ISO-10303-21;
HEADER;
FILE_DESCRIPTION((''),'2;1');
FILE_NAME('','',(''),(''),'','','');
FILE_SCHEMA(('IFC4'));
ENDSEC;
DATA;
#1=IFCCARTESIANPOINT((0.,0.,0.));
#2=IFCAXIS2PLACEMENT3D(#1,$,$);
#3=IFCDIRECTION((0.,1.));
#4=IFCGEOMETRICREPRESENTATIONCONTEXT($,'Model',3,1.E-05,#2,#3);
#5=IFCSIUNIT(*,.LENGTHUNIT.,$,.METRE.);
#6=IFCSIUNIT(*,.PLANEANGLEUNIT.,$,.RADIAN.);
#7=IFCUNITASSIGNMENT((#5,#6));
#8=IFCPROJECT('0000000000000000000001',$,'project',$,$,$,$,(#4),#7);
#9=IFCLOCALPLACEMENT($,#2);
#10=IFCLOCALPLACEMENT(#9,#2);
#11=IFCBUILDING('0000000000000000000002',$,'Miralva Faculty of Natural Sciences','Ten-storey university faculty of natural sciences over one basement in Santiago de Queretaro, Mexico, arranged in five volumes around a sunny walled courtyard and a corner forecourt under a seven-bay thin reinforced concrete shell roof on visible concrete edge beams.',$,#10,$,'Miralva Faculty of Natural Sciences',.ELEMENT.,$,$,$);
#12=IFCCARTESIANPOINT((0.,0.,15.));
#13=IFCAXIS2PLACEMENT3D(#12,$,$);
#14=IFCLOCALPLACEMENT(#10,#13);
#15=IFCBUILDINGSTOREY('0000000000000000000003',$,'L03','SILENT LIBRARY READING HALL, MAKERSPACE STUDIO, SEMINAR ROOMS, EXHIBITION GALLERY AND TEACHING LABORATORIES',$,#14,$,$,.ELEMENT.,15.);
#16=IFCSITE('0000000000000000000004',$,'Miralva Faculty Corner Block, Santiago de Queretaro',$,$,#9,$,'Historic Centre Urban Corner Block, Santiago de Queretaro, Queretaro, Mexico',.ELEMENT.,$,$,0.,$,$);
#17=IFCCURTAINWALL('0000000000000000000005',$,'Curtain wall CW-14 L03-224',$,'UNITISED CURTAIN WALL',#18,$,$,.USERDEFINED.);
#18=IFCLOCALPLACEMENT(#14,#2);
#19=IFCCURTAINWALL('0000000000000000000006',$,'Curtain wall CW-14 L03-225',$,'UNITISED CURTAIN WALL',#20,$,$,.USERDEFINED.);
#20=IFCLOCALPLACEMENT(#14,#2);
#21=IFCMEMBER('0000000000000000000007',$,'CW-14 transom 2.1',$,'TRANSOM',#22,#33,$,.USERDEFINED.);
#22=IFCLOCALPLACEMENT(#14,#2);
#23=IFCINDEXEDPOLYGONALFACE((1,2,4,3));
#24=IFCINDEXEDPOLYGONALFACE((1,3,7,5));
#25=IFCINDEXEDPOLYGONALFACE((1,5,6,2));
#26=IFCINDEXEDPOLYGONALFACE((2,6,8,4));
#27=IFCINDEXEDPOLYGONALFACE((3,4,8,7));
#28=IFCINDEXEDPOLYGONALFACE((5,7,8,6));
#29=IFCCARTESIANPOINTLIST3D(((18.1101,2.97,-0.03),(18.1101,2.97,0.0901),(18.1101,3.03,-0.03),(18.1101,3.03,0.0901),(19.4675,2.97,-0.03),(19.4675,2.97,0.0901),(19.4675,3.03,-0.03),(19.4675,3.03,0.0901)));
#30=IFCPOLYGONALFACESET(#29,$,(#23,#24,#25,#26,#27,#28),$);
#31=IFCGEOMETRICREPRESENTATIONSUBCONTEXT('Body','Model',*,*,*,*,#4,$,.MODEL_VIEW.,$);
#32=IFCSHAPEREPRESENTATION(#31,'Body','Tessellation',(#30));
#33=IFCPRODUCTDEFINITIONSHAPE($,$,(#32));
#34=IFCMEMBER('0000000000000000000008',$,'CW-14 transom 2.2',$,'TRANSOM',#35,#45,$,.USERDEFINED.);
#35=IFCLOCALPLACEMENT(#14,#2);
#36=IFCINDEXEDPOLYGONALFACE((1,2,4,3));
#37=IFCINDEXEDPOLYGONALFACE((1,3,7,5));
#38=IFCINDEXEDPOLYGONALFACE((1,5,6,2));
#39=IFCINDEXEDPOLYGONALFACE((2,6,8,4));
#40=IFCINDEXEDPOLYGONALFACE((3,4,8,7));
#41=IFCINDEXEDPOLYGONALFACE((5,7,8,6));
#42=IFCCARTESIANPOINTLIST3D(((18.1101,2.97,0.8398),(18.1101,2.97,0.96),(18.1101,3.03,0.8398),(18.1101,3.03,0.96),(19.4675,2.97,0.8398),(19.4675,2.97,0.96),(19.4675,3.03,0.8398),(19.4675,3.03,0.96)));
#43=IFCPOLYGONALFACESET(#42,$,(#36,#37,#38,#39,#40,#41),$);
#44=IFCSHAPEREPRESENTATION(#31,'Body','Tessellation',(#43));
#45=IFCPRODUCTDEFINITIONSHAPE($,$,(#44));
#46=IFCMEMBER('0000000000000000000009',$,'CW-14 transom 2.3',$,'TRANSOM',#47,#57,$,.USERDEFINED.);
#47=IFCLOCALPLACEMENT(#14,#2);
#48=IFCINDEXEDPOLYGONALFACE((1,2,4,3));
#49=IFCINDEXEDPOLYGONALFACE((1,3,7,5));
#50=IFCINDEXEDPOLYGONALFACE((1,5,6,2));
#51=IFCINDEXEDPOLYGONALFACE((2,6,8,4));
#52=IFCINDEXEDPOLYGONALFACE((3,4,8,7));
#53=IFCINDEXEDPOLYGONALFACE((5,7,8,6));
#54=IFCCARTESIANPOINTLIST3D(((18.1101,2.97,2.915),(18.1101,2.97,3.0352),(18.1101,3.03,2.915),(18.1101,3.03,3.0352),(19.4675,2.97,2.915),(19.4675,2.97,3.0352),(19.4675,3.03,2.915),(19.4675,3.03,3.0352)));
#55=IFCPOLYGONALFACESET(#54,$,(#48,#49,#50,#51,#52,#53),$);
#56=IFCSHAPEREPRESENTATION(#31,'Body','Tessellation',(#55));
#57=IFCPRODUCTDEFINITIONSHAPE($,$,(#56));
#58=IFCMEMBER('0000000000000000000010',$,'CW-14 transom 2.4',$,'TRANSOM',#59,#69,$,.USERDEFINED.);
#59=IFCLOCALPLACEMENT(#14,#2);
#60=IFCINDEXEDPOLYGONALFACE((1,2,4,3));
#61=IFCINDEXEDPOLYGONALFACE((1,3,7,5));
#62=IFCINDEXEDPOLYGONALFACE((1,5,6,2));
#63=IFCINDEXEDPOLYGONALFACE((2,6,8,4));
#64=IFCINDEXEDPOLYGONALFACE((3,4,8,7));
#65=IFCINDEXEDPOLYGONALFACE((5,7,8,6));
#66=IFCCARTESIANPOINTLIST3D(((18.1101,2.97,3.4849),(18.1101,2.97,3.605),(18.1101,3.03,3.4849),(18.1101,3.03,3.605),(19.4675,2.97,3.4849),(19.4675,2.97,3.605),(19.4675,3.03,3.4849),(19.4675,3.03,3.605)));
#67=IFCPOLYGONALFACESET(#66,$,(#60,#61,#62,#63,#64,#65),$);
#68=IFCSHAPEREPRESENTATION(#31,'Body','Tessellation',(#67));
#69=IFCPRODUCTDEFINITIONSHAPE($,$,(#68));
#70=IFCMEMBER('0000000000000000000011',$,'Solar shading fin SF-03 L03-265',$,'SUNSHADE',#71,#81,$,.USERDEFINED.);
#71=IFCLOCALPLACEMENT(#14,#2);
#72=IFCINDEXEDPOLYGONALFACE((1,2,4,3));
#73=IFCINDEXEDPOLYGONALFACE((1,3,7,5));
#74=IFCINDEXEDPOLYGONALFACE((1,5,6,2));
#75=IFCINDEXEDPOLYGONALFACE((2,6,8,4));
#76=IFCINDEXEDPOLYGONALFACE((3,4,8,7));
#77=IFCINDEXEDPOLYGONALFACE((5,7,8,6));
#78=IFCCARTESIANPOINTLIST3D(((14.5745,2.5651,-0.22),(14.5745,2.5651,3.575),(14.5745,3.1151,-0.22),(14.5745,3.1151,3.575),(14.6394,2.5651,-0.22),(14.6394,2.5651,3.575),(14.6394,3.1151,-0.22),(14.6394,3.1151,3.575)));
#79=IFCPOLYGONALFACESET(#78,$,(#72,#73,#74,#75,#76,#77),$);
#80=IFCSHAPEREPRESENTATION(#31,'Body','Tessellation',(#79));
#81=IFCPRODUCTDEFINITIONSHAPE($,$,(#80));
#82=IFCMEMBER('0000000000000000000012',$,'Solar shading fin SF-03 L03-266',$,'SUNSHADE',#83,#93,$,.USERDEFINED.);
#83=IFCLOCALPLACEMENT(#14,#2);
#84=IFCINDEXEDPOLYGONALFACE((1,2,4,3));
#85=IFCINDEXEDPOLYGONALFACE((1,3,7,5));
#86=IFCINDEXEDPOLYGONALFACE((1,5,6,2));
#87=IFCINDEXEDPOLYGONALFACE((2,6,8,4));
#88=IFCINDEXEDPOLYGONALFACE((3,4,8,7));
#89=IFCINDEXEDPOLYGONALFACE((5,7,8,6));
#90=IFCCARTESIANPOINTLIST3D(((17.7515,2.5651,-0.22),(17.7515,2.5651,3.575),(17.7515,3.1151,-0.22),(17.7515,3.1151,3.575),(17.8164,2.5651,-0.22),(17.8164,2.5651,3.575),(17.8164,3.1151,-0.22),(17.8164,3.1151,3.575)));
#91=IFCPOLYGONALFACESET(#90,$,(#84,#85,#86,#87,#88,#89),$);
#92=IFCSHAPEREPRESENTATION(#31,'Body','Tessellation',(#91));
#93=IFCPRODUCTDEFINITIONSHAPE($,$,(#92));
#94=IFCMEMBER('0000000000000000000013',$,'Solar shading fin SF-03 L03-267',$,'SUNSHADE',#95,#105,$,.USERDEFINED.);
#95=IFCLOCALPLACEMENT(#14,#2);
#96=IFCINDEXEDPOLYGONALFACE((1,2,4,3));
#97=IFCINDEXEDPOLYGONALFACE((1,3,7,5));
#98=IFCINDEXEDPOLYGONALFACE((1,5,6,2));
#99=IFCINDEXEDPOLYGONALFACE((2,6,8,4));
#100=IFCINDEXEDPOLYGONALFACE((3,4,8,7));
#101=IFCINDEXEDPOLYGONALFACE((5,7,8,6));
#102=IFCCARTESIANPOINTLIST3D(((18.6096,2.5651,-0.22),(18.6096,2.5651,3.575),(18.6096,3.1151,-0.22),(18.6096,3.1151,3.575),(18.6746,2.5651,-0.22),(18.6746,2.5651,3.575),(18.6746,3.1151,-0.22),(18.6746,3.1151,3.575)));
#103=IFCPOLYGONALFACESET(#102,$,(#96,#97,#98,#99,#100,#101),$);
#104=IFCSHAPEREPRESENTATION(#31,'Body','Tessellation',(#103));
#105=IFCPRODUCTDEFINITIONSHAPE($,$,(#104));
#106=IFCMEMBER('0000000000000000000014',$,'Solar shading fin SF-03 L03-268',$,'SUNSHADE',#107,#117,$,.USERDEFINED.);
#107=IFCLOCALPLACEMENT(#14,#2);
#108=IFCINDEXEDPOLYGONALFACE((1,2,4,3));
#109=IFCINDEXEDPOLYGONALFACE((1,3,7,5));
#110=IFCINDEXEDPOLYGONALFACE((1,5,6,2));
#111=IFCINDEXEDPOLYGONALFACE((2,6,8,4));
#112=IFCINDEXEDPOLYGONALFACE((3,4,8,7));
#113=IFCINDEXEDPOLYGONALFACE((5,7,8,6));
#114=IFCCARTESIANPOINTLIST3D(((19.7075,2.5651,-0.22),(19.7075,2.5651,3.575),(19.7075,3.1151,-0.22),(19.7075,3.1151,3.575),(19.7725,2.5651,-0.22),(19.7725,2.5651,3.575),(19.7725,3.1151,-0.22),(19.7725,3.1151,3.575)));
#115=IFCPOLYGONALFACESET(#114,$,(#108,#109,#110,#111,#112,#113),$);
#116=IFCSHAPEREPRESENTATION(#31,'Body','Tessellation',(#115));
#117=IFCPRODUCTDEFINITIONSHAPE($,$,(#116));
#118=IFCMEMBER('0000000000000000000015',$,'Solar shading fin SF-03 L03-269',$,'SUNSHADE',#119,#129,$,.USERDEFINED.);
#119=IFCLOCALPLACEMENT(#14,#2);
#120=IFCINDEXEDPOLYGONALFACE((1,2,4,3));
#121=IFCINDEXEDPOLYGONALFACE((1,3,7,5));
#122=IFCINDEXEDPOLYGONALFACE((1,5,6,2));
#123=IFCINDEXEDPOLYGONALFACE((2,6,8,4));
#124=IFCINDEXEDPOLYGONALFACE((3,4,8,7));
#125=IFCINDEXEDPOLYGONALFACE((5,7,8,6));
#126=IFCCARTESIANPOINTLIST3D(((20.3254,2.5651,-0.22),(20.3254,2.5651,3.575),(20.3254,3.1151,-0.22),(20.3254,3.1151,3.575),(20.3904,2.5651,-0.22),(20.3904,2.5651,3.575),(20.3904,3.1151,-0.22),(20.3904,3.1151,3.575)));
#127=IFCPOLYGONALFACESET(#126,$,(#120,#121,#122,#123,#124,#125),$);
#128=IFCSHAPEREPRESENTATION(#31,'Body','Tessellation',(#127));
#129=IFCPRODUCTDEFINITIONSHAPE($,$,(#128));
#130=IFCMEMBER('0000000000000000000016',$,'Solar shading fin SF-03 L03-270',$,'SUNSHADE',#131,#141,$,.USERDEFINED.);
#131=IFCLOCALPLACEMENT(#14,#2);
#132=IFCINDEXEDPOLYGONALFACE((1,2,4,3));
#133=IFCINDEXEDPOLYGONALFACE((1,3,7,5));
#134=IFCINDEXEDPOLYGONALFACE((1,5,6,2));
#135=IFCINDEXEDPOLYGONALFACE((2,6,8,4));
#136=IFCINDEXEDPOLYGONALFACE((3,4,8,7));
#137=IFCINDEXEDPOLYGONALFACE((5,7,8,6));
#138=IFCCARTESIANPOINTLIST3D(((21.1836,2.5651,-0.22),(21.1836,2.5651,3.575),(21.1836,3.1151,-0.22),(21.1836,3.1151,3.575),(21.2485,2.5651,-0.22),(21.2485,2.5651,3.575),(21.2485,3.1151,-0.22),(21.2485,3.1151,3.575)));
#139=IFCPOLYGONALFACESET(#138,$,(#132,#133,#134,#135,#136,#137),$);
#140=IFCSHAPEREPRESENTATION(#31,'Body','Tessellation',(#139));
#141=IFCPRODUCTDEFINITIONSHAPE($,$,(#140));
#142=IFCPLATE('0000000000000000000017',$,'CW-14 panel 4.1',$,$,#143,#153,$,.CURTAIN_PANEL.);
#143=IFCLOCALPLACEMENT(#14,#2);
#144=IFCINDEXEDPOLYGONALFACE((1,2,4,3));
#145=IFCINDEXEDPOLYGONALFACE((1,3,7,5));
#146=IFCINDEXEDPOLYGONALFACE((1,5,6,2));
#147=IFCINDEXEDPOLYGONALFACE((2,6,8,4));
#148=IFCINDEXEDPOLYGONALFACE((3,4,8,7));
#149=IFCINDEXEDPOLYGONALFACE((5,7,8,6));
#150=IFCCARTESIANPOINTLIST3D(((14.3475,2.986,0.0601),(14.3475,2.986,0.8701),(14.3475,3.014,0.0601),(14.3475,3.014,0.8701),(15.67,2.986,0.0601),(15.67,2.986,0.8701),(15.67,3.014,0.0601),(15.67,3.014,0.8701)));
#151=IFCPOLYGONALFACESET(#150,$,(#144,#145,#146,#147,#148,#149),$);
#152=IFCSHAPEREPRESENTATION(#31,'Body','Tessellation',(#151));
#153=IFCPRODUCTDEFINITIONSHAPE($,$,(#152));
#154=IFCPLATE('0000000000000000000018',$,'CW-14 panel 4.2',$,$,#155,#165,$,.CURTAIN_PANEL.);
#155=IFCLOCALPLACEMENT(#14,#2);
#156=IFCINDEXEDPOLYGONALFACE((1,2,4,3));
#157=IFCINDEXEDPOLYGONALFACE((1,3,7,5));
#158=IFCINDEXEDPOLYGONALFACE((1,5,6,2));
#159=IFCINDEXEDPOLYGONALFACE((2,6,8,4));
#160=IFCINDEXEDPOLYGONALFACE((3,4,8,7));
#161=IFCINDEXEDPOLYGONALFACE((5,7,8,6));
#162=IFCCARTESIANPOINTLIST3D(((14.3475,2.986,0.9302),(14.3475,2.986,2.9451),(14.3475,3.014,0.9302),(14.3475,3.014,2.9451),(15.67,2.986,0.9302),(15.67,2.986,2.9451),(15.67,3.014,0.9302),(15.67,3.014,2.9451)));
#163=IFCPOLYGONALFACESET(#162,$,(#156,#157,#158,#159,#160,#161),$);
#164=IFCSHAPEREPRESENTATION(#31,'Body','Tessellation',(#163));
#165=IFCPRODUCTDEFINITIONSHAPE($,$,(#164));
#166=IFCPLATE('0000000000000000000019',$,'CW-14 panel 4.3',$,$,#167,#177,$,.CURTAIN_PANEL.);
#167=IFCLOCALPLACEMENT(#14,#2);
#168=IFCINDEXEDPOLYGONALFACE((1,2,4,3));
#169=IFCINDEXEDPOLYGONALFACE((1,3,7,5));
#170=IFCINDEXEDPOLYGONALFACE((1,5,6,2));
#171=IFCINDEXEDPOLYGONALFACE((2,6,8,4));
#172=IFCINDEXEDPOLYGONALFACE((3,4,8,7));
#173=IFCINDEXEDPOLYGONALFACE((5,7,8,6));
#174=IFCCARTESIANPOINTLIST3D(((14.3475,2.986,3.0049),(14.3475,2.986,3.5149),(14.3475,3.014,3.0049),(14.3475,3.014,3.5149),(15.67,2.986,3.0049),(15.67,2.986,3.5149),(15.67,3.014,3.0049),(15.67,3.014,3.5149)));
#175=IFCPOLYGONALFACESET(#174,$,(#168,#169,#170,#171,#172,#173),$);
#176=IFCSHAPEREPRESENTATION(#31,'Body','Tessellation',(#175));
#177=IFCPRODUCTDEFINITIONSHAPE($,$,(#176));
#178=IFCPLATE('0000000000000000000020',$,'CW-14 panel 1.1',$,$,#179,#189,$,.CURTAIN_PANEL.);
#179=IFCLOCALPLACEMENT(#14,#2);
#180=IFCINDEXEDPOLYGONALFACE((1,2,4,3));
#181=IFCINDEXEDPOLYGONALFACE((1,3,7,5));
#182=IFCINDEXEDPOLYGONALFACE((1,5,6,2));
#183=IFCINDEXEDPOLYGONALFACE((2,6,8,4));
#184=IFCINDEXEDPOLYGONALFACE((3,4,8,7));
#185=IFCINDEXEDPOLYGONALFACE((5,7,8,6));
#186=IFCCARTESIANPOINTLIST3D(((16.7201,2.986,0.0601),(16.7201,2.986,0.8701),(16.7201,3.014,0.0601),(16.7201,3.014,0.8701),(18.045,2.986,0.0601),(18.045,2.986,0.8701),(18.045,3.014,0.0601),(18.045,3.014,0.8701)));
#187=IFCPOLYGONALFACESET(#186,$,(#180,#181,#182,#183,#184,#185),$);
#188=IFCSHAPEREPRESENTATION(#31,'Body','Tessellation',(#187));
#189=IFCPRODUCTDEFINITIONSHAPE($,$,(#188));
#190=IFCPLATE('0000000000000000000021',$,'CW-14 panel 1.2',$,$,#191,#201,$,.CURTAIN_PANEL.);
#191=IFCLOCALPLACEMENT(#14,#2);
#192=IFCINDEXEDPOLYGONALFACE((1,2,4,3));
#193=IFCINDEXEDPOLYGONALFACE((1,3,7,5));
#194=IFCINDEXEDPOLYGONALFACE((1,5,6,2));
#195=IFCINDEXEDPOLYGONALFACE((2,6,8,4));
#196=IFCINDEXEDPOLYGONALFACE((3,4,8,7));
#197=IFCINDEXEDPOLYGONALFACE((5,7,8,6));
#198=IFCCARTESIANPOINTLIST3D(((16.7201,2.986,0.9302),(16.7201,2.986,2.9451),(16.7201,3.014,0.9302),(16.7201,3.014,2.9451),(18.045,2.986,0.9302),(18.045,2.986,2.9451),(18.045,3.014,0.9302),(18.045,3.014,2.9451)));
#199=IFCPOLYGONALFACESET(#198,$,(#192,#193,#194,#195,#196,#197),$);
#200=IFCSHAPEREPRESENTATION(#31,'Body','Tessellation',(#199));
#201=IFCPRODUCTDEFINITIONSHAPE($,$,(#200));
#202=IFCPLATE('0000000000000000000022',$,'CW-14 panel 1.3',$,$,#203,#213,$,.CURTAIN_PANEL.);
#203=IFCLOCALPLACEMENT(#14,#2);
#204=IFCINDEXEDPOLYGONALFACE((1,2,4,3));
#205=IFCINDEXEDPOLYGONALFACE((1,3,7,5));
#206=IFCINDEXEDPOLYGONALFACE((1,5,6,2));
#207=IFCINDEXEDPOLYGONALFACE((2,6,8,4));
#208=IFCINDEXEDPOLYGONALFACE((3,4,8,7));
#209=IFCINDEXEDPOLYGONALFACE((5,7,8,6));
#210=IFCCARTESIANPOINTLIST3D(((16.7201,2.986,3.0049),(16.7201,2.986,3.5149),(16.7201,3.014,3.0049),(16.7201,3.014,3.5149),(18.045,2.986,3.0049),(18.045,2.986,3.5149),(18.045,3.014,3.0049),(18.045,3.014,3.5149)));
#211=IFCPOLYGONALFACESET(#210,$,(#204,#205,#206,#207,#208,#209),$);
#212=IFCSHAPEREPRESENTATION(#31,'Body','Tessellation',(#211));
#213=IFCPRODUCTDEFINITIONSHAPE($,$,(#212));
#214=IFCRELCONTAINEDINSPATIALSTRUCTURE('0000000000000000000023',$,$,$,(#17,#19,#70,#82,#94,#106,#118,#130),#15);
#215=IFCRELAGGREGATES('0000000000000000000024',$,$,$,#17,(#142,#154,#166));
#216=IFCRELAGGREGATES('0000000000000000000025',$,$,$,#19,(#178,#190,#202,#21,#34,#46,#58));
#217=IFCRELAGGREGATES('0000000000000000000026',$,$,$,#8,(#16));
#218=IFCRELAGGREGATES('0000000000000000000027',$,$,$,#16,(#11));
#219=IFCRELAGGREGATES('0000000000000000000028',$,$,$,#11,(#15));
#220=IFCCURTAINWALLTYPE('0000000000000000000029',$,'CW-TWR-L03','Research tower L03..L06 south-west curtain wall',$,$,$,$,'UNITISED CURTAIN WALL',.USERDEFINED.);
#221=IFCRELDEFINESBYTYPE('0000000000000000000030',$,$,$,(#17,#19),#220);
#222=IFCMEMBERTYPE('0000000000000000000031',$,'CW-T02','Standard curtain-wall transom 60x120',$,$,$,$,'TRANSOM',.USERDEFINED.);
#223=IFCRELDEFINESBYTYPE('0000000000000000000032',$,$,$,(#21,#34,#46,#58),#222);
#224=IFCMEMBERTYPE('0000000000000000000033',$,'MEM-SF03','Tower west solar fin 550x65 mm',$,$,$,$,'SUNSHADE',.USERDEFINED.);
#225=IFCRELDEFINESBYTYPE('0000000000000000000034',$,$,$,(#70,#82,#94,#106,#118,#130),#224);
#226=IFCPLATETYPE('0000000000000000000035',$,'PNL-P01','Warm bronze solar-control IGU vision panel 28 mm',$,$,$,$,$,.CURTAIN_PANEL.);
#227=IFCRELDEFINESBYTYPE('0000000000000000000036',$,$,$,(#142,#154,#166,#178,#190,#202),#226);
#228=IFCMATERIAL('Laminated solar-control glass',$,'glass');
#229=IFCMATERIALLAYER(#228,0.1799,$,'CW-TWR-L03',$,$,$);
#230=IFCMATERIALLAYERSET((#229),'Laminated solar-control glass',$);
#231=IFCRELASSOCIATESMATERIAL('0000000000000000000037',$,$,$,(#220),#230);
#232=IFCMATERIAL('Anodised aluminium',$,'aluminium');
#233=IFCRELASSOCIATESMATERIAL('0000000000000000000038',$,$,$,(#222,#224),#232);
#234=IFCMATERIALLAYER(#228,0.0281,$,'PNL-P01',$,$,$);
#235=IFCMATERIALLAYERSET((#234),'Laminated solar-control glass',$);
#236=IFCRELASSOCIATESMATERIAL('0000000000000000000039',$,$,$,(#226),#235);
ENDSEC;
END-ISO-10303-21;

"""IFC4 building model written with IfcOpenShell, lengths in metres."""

from ifc_helpers import new_model, si_unit, direction, frame, origin, origin_2d, place, context, subcontext, project, spatial, rectangle, extrude, material, layer, layer_set, material_profile, profile_set, type_object, element, aggregate, save


model = new_model("IFC4")

# Units and contexts
model_context = context("Model", 3, precision=1e-05, world=origin(), true_north=direction((0.0, 1.0)))
body_context = subcontext(model_context, "Body", "Model", "MODEL_VIEW")
ifc_project = project(units=[si_unit("LENGTHUNIT", "METRE"), si_unit("PLANEANGLEUNIT", "RADIAN")], contexts=[model_context])

# Site, building, storey
site_placement = place(None, origin())
site = spatial("IfcSite", under=ifc_project, at=site_placement, Name="Miralva Faculty Corner Block, Santiago de Queretaro", LongName="Historic Centre Urban Corner Block, Santiago de Queretaro, Queretaro, Mexico", CompositionType="ELEMENT", RefElevation=0.0)
building_placement = place(site_placement, origin())
building = spatial("IfcBuilding", under=site, at=building_placement, Name="Miralva Faculty of Natural Sciences", Description="Ten-storey university faculty of natural sciences over one basement in Santiago de Queretaro, Mexico, arranged in five volumes around a sunny walled courtyard and a corner forecourt under a seven-bay thin reinforced concrete shell roof on visible concrete edge beams.", LongName="Miralva Faculty of Natural Sciences", CompositionType="ELEMENT")
storey_placement = place(building_placement, frame((0.0, 0.0, 15.0)))
storey = spatial("IfcBuildingStorey", under=building, at=storey_placement, Name="L03", Description="SILENT LIBRARY READING HALL, MAKERSPACE STUDIO, SEMINAR ROOMS, EXHIBITION GALLERY AND TEACHING LABORATORIES", CompositionType="ELEMENT", Elevation=15.0)

# Curtain walls
ifc_material_1 = material(Name="Laminated solar-control glass", Category="glass")
ifc_layer_1 = layer(ifc_material_1, 0.1799, Name="CW-TWR-L03")
ifc_layer_set_1 = layer_set([ifc_layer_1], Name="Laminated solar-control glass")
curtain_wall_type = type_object("IfcCurtainWallType", Name="CW-TWR-L03", Description="Research tower L03..L06 south-west curtain wall", ElementType="UNITISED CURTAIN WALL", PredefinedType="USERDEFINED", material=ifc_layer_set_1)
curtain_wall_1_placement = place(storey_placement, origin())
curtain_wall_1 = element("IfcCurtainWall", 1, at=curtain_wall_1_placement, inside=storey, type_object=curtain_wall_type, Name="Curtain wall CW-14 L03-224", ObjectType="UNITISED CURTAIN WALL", PredefinedType="USERDEFINED")
ifc_material_2 = material(Name="Anodised aluminium", Category="aluminium")
curtain_wall_2_placement = place(storey_placement, origin())
curtain_wall_2 = element("IfcCurtainWall", 2, at=curtain_wall_2_placement, inside=storey, type_object=curtain_wall_type, Name="Curtain wall CW-14 L03-225", ObjectType="UNITISED CURTAIN WALL", PredefinedType="USERDEFINED")

# Members
ifc_material_profile_1 = material_profile(ifc_material_2, rectangle(XDim=0.0601, YDim=0.1201, at=origin_2d()), Name="TRANSOM 60x120")
ifc_profile_set_1 = profile_set([ifc_material_profile_1], Name="Anodised aluminium")
member_type_1 = type_object("IfcMemberType", Name="CW-T02", Description="Standard curtain-wall transom 60x120", ElementType="TRANSOM", PredefinedType="USERDEFINED", material=ifc_profile_set_1)
member_1_placement = place(storey_placement, frame((18.1101, 3.0, 0.03), z_axis=(1.0, 0.0, 0.0), x_axis=(0.0, 1.0, 0.0)))
member_1 = element("IfcMember", 3, at=member_1_placement, type_object=member_type_1, Name="CW-14 transom 2.1", ObjectType="TRANSOM", PredefinedType="USERDEFINED", context=body_context, shape_type="SweptSolid", body=[
    extrude(rectangle(XDim=0.0601, YDim=0.1201, at=origin_2d()), origin(), (0.0, 0.0, 1.0), 1.3574),
])
member_2_placement = place(storey_placement, frame((18.1101, 3.0, 0.8999), z_axis=(1.0, 0.0, 0.0), x_axis=(0.0, 1.0, 0.0)))
member_2 = element("IfcMember", 4, at=member_2_placement, type_object=member_type_1, Name="CW-14 transom 2.2", ObjectType="TRANSOM", PredefinedType="USERDEFINED", context=body_context, shape_type="SweptSolid", body=[
    extrude(rectangle(XDim=0.0601, YDim=0.1201, at=origin_2d()), origin(), (0.0, 0.0, 1.0), 1.3574),
])
member_3_placement = place(storey_placement, frame((18.1101, 3.0, 2.9751), z_axis=(1.0, 0.0, 0.0), x_axis=(0.0, 1.0, 0.0)))
member_3 = element("IfcMember", 5, at=member_3_placement, type_object=member_type_1, Name="CW-14 transom 2.3", ObjectType="TRANSOM", PredefinedType="USERDEFINED", context=body_context, shape_type="SweptSolid", body=[
    extrude(rectangle(XDim=0.0601, YDim=0.1201, at=origin_2d()), origin(), (0.0, 0.0, 1.0), 1.3574),
])
member_4_placement = place(storey_placement, frame((18.1101, 3.0, 3.5449), z_axis=(1.0, 0.0, 0.0), x_axis=(0.0, 1.0, 0.0)))
member_4 = element("IfcMember", 6, at=member_4_placement, type_object=member_type_1, Name="CW-14 transom 2.4", ObjectType="TRANSOM", PredefinedType="USERDEFINED", context=body_context, shape_type="SweptSolid", body=[
    extrude(rectangle(XDim=0.0601, YDim=0.1201, at=origin_2d()), origin(), (0.0, 0.0, 1.0), 1.3574),
])

# Members
ifc_material_profile_2 = material_profile(ifc_material_2, rectangle(XDim=0.0649, YDim=0.55, at=origin_2d()), Name="FIN 550x65")
ifc_profile_set_2 = profile_set([ifc_material_profile_2], Name="Anodised aluminium")
member_type_2 = type_object("IfcMemberType", Name="MEM-SF03", Description="Tower west solar fin 550x65 mm", ElementType="SUNSHADE", PredefinedType="USERDEFINED", material=ifc_profile_set_2)
for number, where, z_axis, x_axis, name in (
    (7, (14.6069, 2.8401, -0.22), (0.0, 0.0, 1.0), (1.0, 0.0, 0.0), "Solar shading fin SF-03 L03-265"),
    (8, (17.7839, 2.8401, -0.22), (0.0, 0.0, 1.0), (1.0, 0.0, 0.0), "Solar shading fin SF-03 L03-266"),
    (9, (18.6421, 2.8401, -0.22), (0.0, 0.0, 1.0), (1.0, 0.0, 0.0), "Solar shading fin SF-03 L03-267"),
    (10, (19.74, 2.8401, -0.22), (0.0, 0.0, 1.0), (1.0, 0.0, 0.0), "Solar shading fin SF-03 L03-268"),
    (11, (20.3579, 2.8401, -0.22), (0.0, 0.0, 1.0), (1.0, 0.0, 0.0), "Solar shading fin SF-03 L03-269"),
    (12, (21.2161, 2.8401, -0.22), (0.0, 0.0, 1.0), (1.0, 0.0, 0.0), "Solar shading fin SF-03 L03-270"),
):
    element("IfcMember", number, at=place(storey_placement, frame(where, z_axis=z_axis, x_axis=x_axis)), inside=storey, type_object=member_type_2, Name=name, ObjectType="SUNSHADE", PredefinedType="USERDEFINED", context=body_context, shape_type="SweptSolid", body=[
        extrude(rectangle(XDim=0.0649, YDim=0.55, at=origin_2d()), origin(), (0.0, 0.0, 1.0), 3.7949),
    ])

# Plates
ifc_layer_2 = layer(ifc_material_1, 0.0281, Name="PNL-P01")
ifc_layer_set_2 = layer_set([ifc_layer_2], Name="Laminated solar-control glass")
plate_type = type_object("IfcPlateType", Name="PNL-P01", Description="Warm bronze solar-control IGU vision panel 28 mm", PredefinedType="CURTAIN_PANEL", material=ifc_layer_set_2)
plate_1_placement = place(storey_placement, frame((15.0088, 3.0, 0.0601), z_axis=(0.0, 0.0, 1.0), x_axis=(1.0, 0.0, 0.0)))
plate_1 = element("IfcPlate", 13, at=plate_1_placement, type_object=plate_type, Name="CW-14 panel 4.1", PredefinedType="CURTAIN_PANEL", context=body_context, shape_type="SweptSolid", body=[
    extrude(rectangle(XDim=1.3225, YDim=0.0281, at=origin_2d()), origin(), (0.0, 0.0, 1.0), 0.8101),
])
plate_2_placement = place(storey_placement, frame((15.0088, 3.0, 0.9302), z_axis=(0.0, 0.0, 1.0), x_axis=(1.0, 0.0, 0.0)))
plate_2 = element("IfcPlate", 14, at=plate_2_placement, type_object=plate_type, Name="CW-14 panel 4.2", PredefinedType="CURTAIN_PANEL", context=body_context, shape_type="SweptSolid", body=[
    extrude(rectangle(XDim=1.3225, YDim=0.0281, at=origin_2d()), origin(), (0.0, 0.0, 1.0), 2.0149),
])
plate_3_placement = place(storey_placement, frame((15.0088, 3.0, 3.0049), z_axis=(0.0, 0.0, 1.0), x_axis=(1.0, 0.0, 0.0)))
plate_3 = element("IfcPlate", 15, at=plate_3_placement, type_object=plate_type, Name="CW-14 panel 4.3", PredefinedType="CURTAIN_PANEL", context=body_context, shape_type="SweptSolid", body=[
    extrude(rectangle(XDim=1.3225, YDim=0.0281, at=origin_2d()), origin(), (0.0, 0.0, 1.0), 0.51),
])
aggregate(curtain_wall_1, [plate_1, plate_2, plate_3])
plate_4_placement = place(storey_placement, frame((17.3826, 3.0, 0.0601), z_axis=(0.0, 0.0, 1.0), x_axis=(1.0, 0.0, 0.0)))
plate_4 = element("IfcPlate", 16, at=plate_4_placement, type_object=plate_type, Name="CW-14 panel 1.1", PredefinedType="CURTAIN_PANEL", context=body_context, shape_type="SweptSolid", body=[
    extrude(rectangle(XDim=1.325, YDim=0.0281, at=origin_2d()), origin(), (0.0, 0.0, 1.0), 0.8101),
])
plate_5_placement = place(storey_placement, frame((17.3826, 3.0, 0.9302), z_axis=(0.0, 0.0, 1.0), x_axis=(1.0, 0.0, 0.0)))
plate_5 = element("IfcPlate", 17, at=plate_5_placement, type_object=plate_type, Name="CW-14 panel 1.2", PredefinedType="CURTAIN_PANEL", context=body_context, shape_type="SweptSolid", body=[
    extrude(rectangle(XDim=1.325, YDim=0.0281, at=origin_2d()), origin(), (0.0, 0.0, 1.0), 2.0149),
])
plate_6_placement = place(storey_placement, frame((17.3826, 3.0, 3.0049), z_axis=(0.0, 0.0, 1.0), x_axis=(1.0, 0.0, 0.0)))
plate_6 = element("IfcPlate", 18, at=plate_6_placement, type_object=plate_type, Name="CW-14 panel 1.3", PredefinedType="CURTAIN_PANEL", context=body_context, shape_type="SweptSolid", body=[
    extrude(rectangle(XDim=1.325, YDim=0.0281, at=origin_2d()), origin(), (0.0, 0.0, 1.0), 0.51),
])
aggregate(curtain_wall_2, [plate_4, plate_5, plate_6, member_1, member_2, member_3, member_4])

save(model, "model.ifc")
